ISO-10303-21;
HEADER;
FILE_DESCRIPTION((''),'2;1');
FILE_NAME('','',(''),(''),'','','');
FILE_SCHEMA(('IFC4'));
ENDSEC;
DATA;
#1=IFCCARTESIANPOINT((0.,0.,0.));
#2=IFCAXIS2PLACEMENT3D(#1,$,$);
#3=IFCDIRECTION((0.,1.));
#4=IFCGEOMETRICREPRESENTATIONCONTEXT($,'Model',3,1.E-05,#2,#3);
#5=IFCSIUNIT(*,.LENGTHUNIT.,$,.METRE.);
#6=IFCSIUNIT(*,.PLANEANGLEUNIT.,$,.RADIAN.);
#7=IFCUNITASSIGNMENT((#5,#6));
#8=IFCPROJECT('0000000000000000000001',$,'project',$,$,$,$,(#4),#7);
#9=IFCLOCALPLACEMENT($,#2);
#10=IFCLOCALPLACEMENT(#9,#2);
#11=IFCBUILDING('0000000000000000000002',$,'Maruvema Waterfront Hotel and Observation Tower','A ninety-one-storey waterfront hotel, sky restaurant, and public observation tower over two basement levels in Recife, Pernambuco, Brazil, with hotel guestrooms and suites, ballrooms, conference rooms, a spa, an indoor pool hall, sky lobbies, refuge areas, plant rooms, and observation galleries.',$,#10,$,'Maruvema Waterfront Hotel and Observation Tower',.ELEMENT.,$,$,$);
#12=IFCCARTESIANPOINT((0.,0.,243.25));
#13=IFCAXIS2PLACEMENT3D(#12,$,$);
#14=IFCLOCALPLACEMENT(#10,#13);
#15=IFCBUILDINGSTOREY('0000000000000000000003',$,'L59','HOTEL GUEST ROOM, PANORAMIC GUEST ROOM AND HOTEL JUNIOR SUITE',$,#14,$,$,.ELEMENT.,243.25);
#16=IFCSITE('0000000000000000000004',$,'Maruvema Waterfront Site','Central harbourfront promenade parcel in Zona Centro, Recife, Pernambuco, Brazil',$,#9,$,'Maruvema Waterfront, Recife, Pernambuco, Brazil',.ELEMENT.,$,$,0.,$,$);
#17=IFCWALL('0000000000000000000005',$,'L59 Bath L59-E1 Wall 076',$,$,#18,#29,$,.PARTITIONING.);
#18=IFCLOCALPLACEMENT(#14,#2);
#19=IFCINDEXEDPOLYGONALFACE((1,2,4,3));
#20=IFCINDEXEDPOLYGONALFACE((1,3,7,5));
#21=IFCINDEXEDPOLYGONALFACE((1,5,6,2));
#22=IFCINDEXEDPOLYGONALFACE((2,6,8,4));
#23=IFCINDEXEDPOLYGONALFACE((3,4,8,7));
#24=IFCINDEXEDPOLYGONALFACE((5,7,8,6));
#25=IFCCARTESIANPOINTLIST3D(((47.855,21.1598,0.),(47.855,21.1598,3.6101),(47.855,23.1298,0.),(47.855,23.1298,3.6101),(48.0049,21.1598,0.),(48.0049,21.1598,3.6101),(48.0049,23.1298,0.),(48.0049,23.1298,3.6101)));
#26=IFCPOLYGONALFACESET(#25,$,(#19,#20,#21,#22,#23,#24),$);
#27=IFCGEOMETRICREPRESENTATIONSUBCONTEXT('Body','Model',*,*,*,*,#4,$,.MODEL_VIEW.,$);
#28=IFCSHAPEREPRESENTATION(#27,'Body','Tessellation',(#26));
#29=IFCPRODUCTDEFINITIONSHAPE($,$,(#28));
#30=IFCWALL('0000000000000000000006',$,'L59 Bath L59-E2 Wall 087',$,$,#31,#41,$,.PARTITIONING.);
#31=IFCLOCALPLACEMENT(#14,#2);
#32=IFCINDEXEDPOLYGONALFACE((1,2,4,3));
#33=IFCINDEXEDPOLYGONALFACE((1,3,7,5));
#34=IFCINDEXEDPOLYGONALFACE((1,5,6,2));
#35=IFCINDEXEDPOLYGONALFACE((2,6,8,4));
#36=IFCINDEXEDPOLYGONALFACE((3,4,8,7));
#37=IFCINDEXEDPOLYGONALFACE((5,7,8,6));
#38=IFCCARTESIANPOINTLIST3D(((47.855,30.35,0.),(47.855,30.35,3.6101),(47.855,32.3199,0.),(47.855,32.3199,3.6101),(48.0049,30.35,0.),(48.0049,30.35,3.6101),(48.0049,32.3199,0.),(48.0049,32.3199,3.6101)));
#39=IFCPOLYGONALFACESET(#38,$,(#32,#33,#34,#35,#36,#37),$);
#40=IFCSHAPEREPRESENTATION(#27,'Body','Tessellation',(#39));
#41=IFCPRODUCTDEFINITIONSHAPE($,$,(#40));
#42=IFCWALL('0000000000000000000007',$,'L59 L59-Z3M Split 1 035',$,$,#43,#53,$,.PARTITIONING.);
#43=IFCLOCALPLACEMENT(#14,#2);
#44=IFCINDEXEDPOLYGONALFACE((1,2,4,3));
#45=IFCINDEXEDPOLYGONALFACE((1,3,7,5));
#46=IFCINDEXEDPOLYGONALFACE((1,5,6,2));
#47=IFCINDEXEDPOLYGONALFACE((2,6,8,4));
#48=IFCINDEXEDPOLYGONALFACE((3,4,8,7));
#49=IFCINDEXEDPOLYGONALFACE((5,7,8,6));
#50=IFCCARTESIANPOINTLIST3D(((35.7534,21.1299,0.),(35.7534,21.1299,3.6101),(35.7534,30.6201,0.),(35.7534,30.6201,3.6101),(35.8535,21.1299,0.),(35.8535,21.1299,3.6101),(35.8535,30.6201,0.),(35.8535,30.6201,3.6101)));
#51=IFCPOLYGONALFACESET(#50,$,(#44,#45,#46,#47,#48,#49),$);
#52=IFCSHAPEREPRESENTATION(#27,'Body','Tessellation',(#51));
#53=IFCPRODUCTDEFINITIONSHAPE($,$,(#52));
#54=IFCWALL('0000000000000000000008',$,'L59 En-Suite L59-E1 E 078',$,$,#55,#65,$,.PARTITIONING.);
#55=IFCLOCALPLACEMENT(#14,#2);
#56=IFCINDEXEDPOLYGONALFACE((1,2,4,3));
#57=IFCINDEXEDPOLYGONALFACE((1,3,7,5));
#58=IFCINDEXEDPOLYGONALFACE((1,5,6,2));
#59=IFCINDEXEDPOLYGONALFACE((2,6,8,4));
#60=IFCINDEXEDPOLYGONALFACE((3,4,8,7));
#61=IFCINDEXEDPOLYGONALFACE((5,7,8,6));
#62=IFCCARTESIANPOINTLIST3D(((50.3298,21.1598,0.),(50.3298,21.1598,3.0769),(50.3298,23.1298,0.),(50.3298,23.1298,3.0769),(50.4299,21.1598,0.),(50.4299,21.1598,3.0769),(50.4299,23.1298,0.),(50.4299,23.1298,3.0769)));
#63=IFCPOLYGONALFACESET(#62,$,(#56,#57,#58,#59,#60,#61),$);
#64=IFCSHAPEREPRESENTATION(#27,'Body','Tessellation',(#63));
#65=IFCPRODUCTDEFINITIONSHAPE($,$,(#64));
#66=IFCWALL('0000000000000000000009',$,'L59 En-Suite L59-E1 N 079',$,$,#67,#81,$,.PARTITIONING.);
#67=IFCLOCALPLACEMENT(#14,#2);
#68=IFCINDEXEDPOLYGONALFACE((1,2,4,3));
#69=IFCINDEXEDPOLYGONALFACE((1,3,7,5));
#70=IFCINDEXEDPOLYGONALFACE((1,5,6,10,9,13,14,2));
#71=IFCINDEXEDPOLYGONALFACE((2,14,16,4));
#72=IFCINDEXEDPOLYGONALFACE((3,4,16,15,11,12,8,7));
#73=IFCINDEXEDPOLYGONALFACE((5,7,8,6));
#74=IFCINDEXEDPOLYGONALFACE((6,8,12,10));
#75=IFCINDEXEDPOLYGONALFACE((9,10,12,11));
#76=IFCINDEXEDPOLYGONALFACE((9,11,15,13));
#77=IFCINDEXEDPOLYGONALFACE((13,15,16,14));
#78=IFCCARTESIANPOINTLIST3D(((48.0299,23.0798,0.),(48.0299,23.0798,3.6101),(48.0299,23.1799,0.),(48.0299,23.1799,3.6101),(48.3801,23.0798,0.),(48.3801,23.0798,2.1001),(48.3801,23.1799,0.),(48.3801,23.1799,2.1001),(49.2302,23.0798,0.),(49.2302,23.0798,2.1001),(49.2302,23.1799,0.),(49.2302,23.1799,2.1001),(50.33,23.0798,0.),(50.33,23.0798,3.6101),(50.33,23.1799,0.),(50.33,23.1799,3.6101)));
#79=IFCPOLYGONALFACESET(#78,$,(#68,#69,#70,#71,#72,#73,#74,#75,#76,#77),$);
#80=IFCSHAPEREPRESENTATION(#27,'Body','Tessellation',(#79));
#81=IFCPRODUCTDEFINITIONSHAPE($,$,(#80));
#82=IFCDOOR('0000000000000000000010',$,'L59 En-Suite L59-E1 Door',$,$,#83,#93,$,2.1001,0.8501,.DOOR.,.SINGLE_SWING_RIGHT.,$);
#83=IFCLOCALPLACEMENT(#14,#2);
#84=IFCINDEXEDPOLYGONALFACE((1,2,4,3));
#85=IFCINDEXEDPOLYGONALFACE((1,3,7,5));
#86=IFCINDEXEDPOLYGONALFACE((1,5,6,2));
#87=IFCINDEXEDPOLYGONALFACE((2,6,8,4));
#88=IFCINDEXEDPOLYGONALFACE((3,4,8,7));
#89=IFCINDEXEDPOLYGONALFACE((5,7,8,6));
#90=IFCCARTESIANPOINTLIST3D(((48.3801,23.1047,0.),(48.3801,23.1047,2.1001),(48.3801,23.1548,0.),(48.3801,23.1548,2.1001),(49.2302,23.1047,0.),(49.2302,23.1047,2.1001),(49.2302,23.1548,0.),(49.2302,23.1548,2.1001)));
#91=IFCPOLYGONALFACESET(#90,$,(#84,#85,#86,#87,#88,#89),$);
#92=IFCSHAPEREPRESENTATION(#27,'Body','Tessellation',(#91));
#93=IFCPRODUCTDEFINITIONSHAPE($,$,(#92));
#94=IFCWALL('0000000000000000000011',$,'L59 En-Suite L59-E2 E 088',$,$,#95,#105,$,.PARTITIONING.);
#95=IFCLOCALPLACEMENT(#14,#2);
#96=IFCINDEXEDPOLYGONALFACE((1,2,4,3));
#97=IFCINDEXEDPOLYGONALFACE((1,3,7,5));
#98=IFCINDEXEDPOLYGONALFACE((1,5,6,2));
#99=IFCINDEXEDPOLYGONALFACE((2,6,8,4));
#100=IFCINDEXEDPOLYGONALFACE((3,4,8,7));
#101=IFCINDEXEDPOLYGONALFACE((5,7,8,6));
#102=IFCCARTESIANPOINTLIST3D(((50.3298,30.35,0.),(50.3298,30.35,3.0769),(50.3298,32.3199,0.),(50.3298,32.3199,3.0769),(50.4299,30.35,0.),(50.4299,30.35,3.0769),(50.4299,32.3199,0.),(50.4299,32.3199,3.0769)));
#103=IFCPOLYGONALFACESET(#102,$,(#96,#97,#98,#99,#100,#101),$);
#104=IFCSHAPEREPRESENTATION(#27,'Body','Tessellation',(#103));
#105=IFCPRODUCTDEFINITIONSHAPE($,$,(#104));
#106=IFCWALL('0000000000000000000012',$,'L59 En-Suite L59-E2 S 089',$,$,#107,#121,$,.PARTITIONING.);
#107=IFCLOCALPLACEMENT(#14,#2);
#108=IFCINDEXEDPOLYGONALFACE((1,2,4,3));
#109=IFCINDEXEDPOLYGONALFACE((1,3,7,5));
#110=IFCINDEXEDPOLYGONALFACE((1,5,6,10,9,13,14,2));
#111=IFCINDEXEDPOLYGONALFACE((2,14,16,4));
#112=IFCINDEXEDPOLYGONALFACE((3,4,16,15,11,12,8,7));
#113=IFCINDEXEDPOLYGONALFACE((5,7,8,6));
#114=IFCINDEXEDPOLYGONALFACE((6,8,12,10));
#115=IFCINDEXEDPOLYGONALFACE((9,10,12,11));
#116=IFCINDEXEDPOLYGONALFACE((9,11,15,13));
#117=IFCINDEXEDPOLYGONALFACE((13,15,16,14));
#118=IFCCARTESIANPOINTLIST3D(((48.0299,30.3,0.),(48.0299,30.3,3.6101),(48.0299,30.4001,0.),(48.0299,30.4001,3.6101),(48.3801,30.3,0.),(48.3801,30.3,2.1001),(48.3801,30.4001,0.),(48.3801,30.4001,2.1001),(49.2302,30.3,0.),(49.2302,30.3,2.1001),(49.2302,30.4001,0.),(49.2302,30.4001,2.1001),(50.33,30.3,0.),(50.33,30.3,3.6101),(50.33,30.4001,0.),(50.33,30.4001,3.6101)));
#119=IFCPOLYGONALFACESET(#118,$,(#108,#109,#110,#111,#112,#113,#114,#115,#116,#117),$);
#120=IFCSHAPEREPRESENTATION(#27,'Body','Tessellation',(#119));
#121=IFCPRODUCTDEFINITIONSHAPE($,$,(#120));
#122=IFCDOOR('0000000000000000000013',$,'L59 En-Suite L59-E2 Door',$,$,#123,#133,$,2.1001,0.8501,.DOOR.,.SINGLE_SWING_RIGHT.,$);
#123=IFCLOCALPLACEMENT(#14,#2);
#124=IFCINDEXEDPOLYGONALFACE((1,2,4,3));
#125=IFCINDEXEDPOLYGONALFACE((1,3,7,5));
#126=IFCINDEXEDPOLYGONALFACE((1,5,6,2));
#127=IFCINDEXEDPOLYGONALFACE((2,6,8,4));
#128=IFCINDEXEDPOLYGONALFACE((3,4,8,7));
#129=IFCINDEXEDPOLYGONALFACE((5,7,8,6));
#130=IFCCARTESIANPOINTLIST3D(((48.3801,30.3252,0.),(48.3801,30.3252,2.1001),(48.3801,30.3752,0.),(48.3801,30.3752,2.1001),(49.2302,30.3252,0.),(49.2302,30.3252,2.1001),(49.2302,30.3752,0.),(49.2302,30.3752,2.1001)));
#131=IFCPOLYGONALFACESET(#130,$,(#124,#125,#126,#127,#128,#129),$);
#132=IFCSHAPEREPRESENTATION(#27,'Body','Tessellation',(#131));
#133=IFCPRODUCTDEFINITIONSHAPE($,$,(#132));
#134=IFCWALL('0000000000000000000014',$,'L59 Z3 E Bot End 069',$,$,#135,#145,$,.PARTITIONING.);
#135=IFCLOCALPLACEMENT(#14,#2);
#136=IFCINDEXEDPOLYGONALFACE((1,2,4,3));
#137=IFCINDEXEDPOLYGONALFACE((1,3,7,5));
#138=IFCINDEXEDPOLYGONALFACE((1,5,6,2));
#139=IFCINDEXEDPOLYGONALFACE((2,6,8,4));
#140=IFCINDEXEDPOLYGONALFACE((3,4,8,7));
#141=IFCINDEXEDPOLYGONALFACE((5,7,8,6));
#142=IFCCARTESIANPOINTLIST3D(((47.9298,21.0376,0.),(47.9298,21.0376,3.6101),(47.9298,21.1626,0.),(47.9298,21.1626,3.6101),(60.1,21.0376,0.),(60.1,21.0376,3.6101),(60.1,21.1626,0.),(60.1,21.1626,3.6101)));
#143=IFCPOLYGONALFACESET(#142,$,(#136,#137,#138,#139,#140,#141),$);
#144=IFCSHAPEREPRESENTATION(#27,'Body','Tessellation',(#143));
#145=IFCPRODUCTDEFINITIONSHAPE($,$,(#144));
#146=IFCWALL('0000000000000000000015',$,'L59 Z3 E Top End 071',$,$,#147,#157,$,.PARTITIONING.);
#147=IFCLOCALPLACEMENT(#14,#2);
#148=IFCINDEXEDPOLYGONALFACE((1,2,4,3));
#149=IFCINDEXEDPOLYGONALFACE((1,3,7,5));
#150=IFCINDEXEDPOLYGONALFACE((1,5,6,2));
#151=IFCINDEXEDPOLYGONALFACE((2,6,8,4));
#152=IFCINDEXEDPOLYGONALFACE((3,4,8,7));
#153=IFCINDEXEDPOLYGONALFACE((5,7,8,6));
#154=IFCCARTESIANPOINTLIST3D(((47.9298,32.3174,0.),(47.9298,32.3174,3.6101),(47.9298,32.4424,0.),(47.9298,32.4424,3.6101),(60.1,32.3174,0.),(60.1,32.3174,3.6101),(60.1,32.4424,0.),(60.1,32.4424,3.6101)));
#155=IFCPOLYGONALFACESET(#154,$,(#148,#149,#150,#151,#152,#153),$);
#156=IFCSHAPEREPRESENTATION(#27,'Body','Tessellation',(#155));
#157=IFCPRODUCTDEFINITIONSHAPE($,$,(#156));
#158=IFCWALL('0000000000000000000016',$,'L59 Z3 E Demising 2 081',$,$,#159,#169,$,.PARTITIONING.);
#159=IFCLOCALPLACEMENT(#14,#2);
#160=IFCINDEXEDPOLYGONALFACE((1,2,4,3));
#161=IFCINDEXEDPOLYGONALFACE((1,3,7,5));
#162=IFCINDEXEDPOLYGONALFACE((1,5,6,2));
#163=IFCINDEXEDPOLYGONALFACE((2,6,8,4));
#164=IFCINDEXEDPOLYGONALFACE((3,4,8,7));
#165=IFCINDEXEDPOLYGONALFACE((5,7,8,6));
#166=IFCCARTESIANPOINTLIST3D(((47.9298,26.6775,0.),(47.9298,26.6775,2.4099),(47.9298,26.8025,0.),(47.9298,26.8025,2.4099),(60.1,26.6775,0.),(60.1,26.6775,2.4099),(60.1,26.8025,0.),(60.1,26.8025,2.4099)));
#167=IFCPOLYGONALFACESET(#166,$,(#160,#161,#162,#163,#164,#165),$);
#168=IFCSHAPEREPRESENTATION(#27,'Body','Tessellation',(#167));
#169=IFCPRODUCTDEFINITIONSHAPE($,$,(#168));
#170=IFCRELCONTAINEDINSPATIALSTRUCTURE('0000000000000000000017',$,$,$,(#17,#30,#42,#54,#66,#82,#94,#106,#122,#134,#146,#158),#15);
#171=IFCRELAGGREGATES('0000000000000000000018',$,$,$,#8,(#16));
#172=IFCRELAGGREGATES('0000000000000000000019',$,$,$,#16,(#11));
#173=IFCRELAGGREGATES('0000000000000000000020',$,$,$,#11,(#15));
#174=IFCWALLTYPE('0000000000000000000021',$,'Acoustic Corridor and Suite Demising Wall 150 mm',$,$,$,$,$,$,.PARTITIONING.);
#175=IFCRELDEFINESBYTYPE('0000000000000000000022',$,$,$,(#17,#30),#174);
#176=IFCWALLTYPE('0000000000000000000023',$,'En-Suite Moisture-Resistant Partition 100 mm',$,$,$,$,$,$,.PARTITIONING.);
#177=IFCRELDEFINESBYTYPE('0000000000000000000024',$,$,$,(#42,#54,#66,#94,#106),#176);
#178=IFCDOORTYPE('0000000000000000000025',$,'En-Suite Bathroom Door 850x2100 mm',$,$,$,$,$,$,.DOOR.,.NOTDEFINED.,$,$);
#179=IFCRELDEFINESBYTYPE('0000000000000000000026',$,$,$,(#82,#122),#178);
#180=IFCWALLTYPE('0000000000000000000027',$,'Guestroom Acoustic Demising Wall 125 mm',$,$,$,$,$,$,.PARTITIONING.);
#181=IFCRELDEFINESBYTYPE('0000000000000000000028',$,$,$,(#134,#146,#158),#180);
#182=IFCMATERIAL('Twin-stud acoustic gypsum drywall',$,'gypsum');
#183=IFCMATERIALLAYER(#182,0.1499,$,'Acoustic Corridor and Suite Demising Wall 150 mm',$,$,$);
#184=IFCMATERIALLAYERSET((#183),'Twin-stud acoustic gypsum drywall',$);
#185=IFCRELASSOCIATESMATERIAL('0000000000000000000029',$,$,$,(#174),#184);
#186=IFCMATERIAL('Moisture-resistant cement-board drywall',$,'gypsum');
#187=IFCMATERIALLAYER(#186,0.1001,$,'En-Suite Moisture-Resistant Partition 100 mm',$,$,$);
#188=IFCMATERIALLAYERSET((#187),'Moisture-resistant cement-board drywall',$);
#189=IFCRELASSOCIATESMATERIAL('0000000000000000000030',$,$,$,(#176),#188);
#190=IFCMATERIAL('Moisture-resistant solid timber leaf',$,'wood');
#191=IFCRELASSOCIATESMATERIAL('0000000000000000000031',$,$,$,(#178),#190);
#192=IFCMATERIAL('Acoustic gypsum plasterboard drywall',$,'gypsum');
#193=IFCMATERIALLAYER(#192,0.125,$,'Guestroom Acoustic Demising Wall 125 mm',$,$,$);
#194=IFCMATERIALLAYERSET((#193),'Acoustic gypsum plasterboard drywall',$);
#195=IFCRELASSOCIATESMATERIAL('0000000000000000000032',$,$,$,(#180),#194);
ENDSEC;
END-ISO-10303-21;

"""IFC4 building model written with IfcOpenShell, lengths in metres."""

from ifc_helpers import new_model, si_unit, direction, frame, frame_2d, origin, place, context, subcontext, project, spatial, rectangle, extrude, material, layer, layer_set, type_object, element, fill, save


model = new_model("IFC4")

# Units and contexts
model_context = context("Model", 3, precision=1e-05, world=origin(), true_north=direction((0.0, 1.0)))
body_context = subcontext(model_context, "Body", "Model", "MODEL_VIEW")
ifc_project = project(units=[si_unit("LENGTHUNIT", "METRE"), si_unit("PLANEANGLEUNIT", "RADIAN")], contexts=[model_context])

# Site, building, storey
site_placement = place(None, origin())
site = spatial("IfcSite", under=ifc_project, at=site_placement, Name="Maruvema Waterfront Site", Description="Central harbourfront promenade parcel in Zona Centro, Recife, Pernambuco, Brazil", LongName="Maruvema Waterfront, Recife, Pernambuco, Brazil", CompositionType="ELEMENT", RefElevation=0.0)
building_placement = place(site_placement, origin())
building = spatial("IfcBuilding", under=site, at=building_placement, Name="Maruvema Waterfront Hotel and Observation Tower", Description="A ninety-one-storey waterfront hotel, sky restaurant, and public observation tower over two basement levels in Recife, Pernambuco, Brazil, with hotel guestrooms and suites, ballrooms, conference rooms, a spa, an indoor pool hall, sky lobbies, refuge areas, plant rooms, and observation galleries.", LongName="Maruvema Waterfront Hotel and Observation Tower", CompositionType="ELEMENT")
storey_placement = place(building_placement, frame((0.0, 0.0, 243.25)))
storey = spatial("IfcBuildingStorey", under=building, at=storey_placement, Name="L59", Description="HOTEL GUEST ROOM, PANORAMIC GUEST ROOM AND HOTEL JUNIOR SUITE", CompositionType="ELEMENT", Elevation=243.25)

# Shared definitions
ifc_material_1 = material(Name="Twin-stud acoustic gypsum drywall", Category="gypsum")
ifc_layer_1 = layer(ifc_material_1, 0.1499, Name="Acoustic Corridor and Suite Demising Wall 150 mm")
ifc_layer_set_1 = layer_set([ifc_layer_1], Name="Twin-stud acoustic gypsum drywall")
wall_type_1 = type_object("IfcWallType", Name="Acoustic Corridor and Suite Demising Wall 150 mm", PredefinedType="PARTITIONING", material=ifc_layer_set_1)

# Wall
wall_1_placement = place(storey_placement, frame((47.9299, 21.1599, 0.0), z_axis=(0.0, 0.0, 1.0), x_axis=(0.0, 1.0, 0.0)))
element("IfcWall", 1, at=wall_1_placement, inside=storey, type_object=wall_type_1, Name="L59 Bath L59-E1 Wall 076", PredefinedType="PARTITIONING", context=body_context, shape_type="SweptSolid", body=[
    extrude(rectangle(XDim=1.97, YDim=0.1499, at=frame_2d((0.9849, 0.0))), origin(), (0.0, 0.0, 1.0), 3.6101),
])

# Walls
wall_2_placement = place(storey_placement, frame((47.9299, 30.3501, 0.0), z_axis=(0.0, 0.0, 1.0), x_axis=(0.0, 1.0, 0.0)))
element("IfcWall", 2, at=wall_2_placement, inside=storey, type_object=wall_type_1, Name="L59 Bath L59-E2 Wall 087", PredefinedType="PARTITIONING", context=body_context, shape_type="SweptSolid", body=[
    extrude(rectangle(XDim=1.97, YDim=0.1499, at=frame_2d((0.9849, 0.0))), origin(), (0.0, 0.0, 1.0), 3.6101),
])
ifc_material_2 = material(Name="Moisture-resistant cement-board drywall", Category="gypsum")
ifc_layer_2 = layer(ifc_material_2, 0.1001, Name="En-Suite Moisture-Resistant Partition 100 mm")
ifc_layer_set_2 = layer_set([ifc_layer_2], Name="Moisture-resistant cement-board drywall")
wall_type_2 = type_object("IfcWallType", Name="En-Suite Moisture-Resistant Partition 100 mm", PredefinedType="PARTITIONING", material=ifc_layer_set_2)
wall_3_placement = place(storey_placement, frame((35.8035, 21.1299, 0.0), z_axis=(0.0, 0.0, 1.0), x_axis=(0.0, 1.0, 0.0)))
element("IfcWall", 3, at=wall_3_placement, inside=storey, type_object=wall_type_2, Name="L59 L59-Z3M Split 1 035", PredefinedType="PARTITIONING", context=body_context, shape_type="SweptSolid", body=[
    extrude(rectangle(XDim=9.4902, YDim=0.1001, at=frame_2d((4.7451, 0.0))), origin(), (0.0, 0.0, 1.0), 3.6101),
])
wall_4_placement = place(storey_placement, frame((50.3799, 21.1599, 0.0), z_axis=(0.0, 0.0, 1.0), x_axis=(0.0, 1.0, 0.0)))
element("IfcWall", 4, at=wall_4_placement, inside=storey, type_object=wall_type_2, Name="L59 En-Suite L59-E1 E 078", PredefinedType="PARTITIONING", context=body_context, shape_type="SweptSolid", body=[
    extrude(rectangle(XDim=1.97, YDim=0.1001, at=frame_2d((0.9849, 0.0))), origin(), (0.0, 0.0, 1.0), 3.0769),
])

# Wall, opening, door
wall_5_placement = place(storey_placement, frame((48.03, 23.1299, 0.0), z_axis=(0.0, 0.0, 1.0), x_axis=(1.0, 0.0, 0.0)))
wall_5 = element("IfcWall", 5, at=wall_5_placement, inside=storey, type_object=wall_type_2, Name="L59 En-Suite L59-E1 N 079", PredefinedType="PARTITIONING", context=body_context, shape_type="SweptSolid", body=[
    extrude(rectangle(XDim=2.3, YDim=0.1001, at=frame_2d((1.1499, 0.0))), origin(), (0.0, 0.0, 1.0), 3.6101),
])
opening_1_placement = place(wall_5_placement, frame((0.3501, 0.0, 0.0)))
opening_1 = element("IfcOpeningElement", 6, at=opening_1_placement, cuts=wall_5, PredefinedType="OPENING", context=body_context, shape_type="SweptSolid", body=[
    extrude(rectangle(XDim=0.8501, YDim=2.1001, at=frame_2d((0.425, 1.05))), frame((0.0, 0.0601, 0.0), z_axis=(0.0, -1.0, 0.0), x_axis=(1.0, 0.0, 0.0)), (0.0, 0.0, 1.0), 0.1201),
])
ifc_material_3 = material(Name="Moisture-resistant solid timber leaf", Category="wood")
door_type_1 = type_object("IfcDoorType", Name="En-Suite Bathroom Door 850x2100 mm", OperationType="NOTDEFINED", PredefinedType="DOOR", material=ifc_material_3)
door_1_placement = place(opening_1_placement, origin())
door_1 = element("IfcDoor", 7, at=door_1_placement, inside=storey, type_object=door_type_1, Name="L59 En-Suite L59-E1 Door", OperationType="SINGLE_SWING_RIGHT", OverallHeight=2.1001, OverallWidth=0.8501, PredefinedType="DOOR", context=body_context, shape_type="SweptSolid", body=[
    extrude(rectangle(XDim=0.8501, YDim=2.1001, at=frame_2d((0.425, 1.05))), frame((0.0, 0.0249, 0.0), z_axis=(0.0, -1.0, 0.0), x_axis=(1.0, 0.0, 0.0)), (0.0, 0.0, 1.0), 0.05),
])
fill(opening_1, door_1)

# Wall
wall_6_placement = place(storey_placement, frame((50.3799, 30.3501, 0.0), z_axis=(0.0, 0.0, 1.0), x_axis=(0.0, 1.0, 0.0)))
element("IfcWall", 8, at=wall_6_placement, inside=storey, type_object=wall_type_2, Name="L59 En-Suite L59-E2 E 088", PredefinedType="PARTITIONING", context=body_context, shape_type="SweptSolid", body=[
    extrude(rectangle(XDim=1.97, YDim=0.1001, at=frame_2d((0.9849, 0.0))), origin(), (0.0, 0.0, 1.0), 3.0769),
])

# Wall, opening, door
wall_7_placement = place(storey_placement, frame((48.03, 30.3501, 0.0), z_axis=(0.0, 0.0, 1.0), x_axis=(1.0, 0.0, 0.0)))
wall_7 = element("IfcWall", 9, at=wall_7_placement, inside=storey, type_object=wall_type_2, Name="L59 En-Suite L59-E2 S 089", PredefinedType="PARTITIONING", context=body_context, shape_type="SweptSolid", body=[
    extrude(rectangle(XDim=2.3, YDim=0.1001, at=frame_2d((1.1499, 0.0))), origin(), (0.0, 0.0, 1.0), 3.6101),
])
opening_2_placement = place(wall_7_placement, frame((0.3501, 0.0, 0.0)))
opening_2 = element("IfcOpeningElement", 10, at=opening_2_placement, cuts=wall_7, PredefinedType="OPENING", context=body_context, shape_type="SweptSolid", body=[
    extrude(rectangle(XDim=0.8501, YDim=2.1001, at=frame_2d((0.425, 1.05))), frame((0.0, 0.0601, 0.0), z_axis=(0.0, -1.0, 0.0), x_axis=(1.0, 0.0, 0.0)), (0.0, 0.0, 1.0), 0.1201),
])
door_2_placement = place(opening_2_placement, frame((0.8501, 0.0, 0.0), z_axis=(0.0, 0.0, 1.0), x_axis=(-1.0, 0.0, 0.0)))
door_2 = element("IfcDoor", 11, at=door_2_placement, inside=storey, type_object=door_type_1, Name="L59 En-Suite L59-E2 Door", OperationType="SINGLE_SWING_RIGHT", OverallHeight=2.1001, OverallWidth=0.8501, PredefinedType="DOOR", context=body_context, shape_type="SweptSolid", body=[
    extrude(rectangle(XDim=0.8501, YDim=2.1001, at=frame_2d((0.425, 1.05))), frame((0.0, 0.0249, 0.0), z_axis=(0.0, -1.0, 0.0), x_axis=(1.0, 0.0, 0.0)), (0.0, 0.0, 1.0), 0.05),
])
fill(opening_2, door_2)

# Walls
ifc_material_4 = material(Name="Acoustic gypsum plasterboard drywall", Category="gypsum")
ifc_layer_3 = layer(ifc_material_4, 0.125, Name="Guestroom Acoustic Demising Wall 125 mm")
ifc_layer_set_3 = layer_set([ifc_layer_3], Name="Acoustic gypsum plasterboard drywall")
wall_type_3 = type_object("IfcWallType", Name="Guestroom Acoustic Demising Wall 125 mm", PredefinedType="PARTITIONING", material=ifc_layer_set_3)
for number, where, z_axis, x_axis, name in (
    (12, (47.9299, 21.1001, 0.0), (0.0, 0.0, 1.0), (1.0, 0.0, 0.0), "L59 Z3 E Bot End 069"),
    (13, (47.9299, 32.3799, 0.0), (0.0, 0.0, 1.0), (1.0, 0.0, 0.0), "L59 Z3 E Top End 071"),
):
    element("IfcWall", number, at=place(storey_placement, frame(where, z_axis=z_axis, x_axis=x_axis)), inside=storey, type_object=wall_type_3, Name=name, PredefinedType="PARTITIONING", context=body_context, shape_type="SweptSolid", body=[
        extrude(rectangle(XDim=12.1702, YDim=0.125, at=frame_2d((6.085, 0.0))), origin(), (0.0, 0.0, 1.0), 3.6101),
    ])
wall_8_placement = place(storey_placement, frame((47.9299, 26.74, 0.0), z_axis=(0.0, 0.0, 1.0), x_axis=(1.0, 0.0, 0.0)))
element("IfcWall", 14, at=wall_8_placement, inside=storey, type_object=wall_type_3, Name="L59 Z3 E Demising 2 081", PredefinedType="PARTITIONING", context=body_context, shape_type="SweptSolid", body=[
    extrude(rectangle(XDim=12.1702, YDim=0.125, at=frame_2d((6.085, 0.0))), origin(), (0.0, 0.0, 1.0), 2.4099),
])

save(model, "model.ifc")
